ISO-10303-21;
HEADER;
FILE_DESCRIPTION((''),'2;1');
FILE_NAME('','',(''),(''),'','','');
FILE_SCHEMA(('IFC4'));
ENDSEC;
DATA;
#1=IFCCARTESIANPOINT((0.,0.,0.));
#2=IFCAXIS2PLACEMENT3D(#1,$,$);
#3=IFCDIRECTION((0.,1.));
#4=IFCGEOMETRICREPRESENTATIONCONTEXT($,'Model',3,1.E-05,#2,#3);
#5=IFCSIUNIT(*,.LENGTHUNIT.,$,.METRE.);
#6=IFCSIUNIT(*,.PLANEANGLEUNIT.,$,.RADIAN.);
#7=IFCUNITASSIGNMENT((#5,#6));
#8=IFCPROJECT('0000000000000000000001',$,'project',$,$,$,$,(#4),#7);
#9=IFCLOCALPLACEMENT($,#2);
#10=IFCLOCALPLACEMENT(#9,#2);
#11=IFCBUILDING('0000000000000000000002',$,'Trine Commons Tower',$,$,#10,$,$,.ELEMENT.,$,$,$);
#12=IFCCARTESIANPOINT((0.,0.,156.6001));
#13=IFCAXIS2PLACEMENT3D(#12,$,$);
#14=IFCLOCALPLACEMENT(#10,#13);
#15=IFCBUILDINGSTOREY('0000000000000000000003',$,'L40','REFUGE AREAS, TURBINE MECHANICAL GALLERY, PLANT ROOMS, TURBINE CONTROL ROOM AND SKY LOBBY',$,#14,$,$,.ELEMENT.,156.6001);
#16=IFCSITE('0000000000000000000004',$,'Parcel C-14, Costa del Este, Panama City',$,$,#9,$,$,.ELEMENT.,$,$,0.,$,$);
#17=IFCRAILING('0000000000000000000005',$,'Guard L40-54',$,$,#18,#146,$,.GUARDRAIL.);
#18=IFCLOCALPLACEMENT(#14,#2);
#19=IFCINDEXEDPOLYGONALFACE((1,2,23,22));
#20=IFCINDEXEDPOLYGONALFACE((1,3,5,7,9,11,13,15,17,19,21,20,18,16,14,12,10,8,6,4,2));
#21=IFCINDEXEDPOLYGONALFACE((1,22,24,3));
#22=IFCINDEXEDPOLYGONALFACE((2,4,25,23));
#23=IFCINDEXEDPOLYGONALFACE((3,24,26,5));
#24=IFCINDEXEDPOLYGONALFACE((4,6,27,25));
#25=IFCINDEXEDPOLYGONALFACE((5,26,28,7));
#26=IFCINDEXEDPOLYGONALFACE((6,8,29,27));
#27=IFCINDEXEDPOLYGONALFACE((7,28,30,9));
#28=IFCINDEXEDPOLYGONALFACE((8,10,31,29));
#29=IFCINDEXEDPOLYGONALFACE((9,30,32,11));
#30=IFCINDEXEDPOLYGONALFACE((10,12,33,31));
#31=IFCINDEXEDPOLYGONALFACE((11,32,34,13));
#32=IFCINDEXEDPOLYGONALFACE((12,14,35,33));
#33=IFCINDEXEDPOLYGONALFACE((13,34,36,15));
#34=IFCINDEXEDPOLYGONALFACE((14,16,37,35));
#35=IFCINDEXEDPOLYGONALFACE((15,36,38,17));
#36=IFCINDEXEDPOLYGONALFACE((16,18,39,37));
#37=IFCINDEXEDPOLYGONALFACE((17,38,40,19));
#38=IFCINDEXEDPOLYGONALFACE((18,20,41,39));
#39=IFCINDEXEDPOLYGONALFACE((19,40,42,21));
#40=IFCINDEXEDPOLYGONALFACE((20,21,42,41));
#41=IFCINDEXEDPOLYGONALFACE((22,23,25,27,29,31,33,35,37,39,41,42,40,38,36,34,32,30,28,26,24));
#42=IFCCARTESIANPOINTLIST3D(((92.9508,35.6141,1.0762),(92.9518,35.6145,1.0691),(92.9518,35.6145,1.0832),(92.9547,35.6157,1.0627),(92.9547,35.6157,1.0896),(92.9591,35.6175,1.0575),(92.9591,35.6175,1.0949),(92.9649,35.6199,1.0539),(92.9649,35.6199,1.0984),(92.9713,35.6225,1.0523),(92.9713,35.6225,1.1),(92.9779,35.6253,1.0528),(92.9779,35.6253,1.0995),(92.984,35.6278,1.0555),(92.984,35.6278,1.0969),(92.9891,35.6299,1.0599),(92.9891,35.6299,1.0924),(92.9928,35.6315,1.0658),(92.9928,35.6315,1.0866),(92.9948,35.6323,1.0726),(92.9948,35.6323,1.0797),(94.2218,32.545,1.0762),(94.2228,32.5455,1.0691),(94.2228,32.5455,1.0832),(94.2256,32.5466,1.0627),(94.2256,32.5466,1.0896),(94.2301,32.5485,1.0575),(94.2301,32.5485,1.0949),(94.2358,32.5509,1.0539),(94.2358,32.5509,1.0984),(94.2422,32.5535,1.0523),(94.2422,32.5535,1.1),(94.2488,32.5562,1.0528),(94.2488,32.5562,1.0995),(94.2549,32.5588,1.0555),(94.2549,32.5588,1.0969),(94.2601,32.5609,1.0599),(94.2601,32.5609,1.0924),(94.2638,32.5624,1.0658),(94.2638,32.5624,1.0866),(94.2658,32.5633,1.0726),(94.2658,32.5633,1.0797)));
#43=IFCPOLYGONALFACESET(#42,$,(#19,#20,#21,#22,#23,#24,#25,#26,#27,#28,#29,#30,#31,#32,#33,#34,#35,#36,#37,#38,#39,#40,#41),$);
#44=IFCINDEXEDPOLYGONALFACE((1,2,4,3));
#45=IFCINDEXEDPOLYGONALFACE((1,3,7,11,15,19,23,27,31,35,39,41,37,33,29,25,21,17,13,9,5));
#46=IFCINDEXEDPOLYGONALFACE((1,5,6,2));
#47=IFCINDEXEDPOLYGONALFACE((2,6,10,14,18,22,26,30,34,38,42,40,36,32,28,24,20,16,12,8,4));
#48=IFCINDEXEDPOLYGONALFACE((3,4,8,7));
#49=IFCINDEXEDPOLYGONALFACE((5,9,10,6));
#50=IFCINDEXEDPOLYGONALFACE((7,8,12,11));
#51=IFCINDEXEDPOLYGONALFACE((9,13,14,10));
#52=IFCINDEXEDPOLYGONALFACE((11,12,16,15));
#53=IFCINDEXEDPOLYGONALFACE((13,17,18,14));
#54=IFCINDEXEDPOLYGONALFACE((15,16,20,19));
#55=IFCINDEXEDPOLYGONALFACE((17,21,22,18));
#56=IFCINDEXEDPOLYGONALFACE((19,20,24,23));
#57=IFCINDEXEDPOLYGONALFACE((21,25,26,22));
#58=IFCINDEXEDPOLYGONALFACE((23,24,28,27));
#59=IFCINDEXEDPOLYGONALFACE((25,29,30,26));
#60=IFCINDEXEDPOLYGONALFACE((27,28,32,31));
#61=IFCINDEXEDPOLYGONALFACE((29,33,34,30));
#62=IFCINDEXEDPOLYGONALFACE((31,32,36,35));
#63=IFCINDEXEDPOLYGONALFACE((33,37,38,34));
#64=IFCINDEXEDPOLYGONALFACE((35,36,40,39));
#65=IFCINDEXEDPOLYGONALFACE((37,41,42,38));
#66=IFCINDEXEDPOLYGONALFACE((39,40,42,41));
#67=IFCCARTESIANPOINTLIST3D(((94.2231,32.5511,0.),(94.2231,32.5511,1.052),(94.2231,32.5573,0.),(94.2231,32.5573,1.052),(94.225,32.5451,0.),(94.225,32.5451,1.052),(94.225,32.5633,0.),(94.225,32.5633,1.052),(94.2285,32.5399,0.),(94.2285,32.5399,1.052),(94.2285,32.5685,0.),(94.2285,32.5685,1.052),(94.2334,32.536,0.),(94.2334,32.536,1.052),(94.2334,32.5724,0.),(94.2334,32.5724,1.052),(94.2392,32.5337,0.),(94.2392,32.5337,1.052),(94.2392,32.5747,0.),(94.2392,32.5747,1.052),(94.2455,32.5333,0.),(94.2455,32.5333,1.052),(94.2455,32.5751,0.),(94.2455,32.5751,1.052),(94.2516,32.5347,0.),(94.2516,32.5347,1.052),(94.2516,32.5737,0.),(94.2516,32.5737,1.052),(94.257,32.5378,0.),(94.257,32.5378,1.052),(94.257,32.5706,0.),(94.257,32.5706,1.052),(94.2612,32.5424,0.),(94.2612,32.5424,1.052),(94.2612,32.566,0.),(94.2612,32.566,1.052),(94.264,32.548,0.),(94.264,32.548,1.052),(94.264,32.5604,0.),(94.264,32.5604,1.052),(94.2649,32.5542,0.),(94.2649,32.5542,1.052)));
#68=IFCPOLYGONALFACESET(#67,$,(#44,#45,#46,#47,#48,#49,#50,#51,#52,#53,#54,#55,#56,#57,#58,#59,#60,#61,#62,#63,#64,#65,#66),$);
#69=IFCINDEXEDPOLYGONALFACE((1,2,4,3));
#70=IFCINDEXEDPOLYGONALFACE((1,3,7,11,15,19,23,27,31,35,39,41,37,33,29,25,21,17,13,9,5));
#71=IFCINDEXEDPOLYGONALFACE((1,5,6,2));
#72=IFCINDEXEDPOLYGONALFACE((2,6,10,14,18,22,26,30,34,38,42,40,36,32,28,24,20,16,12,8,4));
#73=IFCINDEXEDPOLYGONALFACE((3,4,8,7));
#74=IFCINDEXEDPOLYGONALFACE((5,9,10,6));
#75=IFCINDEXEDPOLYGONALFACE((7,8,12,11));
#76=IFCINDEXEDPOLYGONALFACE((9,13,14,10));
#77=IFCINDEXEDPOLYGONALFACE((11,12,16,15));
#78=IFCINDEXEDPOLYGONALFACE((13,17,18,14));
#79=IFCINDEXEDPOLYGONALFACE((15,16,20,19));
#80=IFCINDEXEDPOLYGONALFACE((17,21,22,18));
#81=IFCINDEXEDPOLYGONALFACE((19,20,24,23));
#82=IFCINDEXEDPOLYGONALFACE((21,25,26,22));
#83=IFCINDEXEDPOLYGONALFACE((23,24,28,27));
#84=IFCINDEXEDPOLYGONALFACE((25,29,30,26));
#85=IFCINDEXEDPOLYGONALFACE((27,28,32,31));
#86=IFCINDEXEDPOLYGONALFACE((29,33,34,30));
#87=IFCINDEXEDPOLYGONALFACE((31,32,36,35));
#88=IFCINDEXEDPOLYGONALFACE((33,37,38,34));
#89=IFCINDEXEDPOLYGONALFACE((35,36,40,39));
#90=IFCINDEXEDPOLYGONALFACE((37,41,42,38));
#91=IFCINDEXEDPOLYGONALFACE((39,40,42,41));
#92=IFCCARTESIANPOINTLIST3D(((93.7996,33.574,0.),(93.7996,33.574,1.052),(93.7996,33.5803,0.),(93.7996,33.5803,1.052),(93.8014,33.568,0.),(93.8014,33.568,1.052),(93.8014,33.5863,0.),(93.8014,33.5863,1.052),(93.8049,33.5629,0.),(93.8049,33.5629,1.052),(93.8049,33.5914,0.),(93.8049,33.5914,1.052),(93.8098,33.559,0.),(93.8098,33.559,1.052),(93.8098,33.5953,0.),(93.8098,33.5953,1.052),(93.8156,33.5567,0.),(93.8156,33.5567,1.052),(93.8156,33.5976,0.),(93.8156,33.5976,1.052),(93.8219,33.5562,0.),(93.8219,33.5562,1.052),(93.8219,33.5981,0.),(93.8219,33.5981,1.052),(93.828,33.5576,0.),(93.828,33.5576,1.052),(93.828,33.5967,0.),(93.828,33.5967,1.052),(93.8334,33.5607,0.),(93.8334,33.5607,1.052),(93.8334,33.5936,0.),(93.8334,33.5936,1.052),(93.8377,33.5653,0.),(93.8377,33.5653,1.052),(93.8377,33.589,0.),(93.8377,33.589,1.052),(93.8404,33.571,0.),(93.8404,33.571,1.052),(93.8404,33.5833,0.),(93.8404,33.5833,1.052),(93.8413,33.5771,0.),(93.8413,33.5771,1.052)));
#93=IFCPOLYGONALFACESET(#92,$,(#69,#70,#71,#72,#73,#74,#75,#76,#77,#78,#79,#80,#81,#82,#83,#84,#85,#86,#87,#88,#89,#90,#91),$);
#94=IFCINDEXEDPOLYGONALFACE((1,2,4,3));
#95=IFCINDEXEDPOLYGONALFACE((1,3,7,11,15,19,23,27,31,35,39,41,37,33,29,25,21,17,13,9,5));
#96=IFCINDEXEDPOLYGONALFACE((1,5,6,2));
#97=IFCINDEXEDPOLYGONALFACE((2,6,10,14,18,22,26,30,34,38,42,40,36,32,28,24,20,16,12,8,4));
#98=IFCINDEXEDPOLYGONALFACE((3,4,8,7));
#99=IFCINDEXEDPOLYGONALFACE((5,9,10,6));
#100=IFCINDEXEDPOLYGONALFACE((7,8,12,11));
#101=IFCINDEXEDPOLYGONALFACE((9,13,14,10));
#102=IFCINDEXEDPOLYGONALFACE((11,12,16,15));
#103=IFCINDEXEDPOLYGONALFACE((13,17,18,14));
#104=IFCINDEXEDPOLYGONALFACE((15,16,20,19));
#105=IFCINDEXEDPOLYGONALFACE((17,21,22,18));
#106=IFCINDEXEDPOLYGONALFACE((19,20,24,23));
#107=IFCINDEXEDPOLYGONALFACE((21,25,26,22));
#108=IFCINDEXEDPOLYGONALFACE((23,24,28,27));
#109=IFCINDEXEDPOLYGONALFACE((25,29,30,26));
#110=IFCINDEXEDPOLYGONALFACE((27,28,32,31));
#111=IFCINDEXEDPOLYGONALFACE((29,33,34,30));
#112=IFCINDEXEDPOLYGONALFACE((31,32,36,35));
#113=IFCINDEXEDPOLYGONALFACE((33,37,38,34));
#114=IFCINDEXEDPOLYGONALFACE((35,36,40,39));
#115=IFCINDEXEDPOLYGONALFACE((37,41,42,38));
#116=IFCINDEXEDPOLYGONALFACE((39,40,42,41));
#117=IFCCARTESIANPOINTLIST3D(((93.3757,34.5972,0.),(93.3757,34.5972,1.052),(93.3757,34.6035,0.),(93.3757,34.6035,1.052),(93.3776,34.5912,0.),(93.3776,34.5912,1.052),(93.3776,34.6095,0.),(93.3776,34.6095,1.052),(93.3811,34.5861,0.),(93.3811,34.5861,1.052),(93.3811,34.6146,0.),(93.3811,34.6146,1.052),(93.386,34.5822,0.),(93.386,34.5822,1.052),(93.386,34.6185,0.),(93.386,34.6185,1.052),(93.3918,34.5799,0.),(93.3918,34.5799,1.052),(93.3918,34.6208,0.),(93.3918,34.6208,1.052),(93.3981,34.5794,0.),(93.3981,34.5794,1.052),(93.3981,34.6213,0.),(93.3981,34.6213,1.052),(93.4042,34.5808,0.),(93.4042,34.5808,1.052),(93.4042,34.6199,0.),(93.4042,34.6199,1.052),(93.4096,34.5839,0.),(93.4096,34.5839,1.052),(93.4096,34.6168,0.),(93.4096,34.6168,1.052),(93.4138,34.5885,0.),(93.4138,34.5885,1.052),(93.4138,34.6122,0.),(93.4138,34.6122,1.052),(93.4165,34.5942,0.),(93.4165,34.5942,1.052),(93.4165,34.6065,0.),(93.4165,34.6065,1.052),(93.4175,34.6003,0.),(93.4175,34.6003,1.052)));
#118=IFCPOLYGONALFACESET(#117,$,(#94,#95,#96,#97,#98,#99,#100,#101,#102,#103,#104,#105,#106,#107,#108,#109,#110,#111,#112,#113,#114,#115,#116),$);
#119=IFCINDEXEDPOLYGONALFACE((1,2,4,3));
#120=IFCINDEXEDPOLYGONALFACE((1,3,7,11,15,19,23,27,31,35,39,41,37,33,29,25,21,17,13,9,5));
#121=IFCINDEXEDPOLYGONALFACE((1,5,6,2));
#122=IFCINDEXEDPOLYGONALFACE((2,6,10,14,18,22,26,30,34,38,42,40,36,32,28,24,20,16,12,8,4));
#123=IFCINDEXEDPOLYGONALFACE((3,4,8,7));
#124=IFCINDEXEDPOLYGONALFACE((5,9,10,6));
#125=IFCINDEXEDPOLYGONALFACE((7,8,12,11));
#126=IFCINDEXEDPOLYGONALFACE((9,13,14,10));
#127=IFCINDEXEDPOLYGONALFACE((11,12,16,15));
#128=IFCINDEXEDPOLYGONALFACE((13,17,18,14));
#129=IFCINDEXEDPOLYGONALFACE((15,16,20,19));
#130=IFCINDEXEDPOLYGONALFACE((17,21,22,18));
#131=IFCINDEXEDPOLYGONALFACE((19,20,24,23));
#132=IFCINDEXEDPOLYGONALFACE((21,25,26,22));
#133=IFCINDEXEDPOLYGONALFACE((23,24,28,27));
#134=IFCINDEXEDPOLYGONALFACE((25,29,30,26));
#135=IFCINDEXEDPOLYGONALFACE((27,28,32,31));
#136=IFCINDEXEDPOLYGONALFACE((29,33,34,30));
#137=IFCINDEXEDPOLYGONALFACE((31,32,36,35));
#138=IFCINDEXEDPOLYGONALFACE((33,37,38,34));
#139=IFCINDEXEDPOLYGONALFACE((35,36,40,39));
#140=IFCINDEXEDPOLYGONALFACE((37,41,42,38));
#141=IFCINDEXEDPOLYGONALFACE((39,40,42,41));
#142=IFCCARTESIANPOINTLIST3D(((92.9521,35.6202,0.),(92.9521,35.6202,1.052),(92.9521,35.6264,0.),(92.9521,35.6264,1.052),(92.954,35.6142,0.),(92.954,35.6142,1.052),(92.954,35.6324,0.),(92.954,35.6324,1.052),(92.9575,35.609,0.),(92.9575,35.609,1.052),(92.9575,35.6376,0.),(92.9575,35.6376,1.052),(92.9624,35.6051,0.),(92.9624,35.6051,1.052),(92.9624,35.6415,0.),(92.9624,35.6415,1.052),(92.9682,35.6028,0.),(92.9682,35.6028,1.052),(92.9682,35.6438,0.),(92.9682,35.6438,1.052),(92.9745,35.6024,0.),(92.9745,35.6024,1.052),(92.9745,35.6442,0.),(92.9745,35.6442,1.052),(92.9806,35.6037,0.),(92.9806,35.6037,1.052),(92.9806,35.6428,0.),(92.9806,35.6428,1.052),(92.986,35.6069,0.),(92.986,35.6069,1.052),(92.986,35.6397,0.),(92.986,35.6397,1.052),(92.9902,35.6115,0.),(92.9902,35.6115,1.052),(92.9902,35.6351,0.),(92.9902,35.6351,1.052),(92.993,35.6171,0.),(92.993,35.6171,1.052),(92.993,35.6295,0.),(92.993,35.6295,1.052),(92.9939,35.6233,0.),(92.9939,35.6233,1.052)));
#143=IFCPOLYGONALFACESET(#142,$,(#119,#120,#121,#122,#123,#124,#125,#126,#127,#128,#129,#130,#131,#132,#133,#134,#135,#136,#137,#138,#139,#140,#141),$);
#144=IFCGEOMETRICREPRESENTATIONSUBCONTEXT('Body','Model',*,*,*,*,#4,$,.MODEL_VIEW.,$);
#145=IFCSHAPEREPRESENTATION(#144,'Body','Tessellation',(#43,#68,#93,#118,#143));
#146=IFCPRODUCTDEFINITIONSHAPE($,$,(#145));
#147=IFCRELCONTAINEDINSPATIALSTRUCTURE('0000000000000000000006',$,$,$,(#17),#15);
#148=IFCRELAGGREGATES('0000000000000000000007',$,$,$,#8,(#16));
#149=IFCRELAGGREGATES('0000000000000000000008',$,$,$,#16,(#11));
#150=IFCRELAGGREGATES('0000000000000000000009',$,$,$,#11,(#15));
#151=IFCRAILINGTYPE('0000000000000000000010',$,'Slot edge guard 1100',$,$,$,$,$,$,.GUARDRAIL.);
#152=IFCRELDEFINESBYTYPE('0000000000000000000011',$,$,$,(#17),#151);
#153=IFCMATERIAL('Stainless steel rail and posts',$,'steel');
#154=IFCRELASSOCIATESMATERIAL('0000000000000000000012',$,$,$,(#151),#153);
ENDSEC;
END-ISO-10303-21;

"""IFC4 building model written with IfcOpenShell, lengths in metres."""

from ifc_helpers import new_model, si_unit, direction, frame, origin, origin_2d, place, context, subcontext, project, spatial, circle, extrude, material, type_object, element, save


model = new_model("IFC4")

# Units and contexts
model_context = context("Model", 3, precision=1e-05, world=origin(), true_north=direction((0.0, 1.0)))
body_context = subcontext(model_context, "Body", "Model", "MODEL_VIEW")
ifc_project = project(units=[si_unit("LENGTHUNIT", "METRE"), si_unit("PLANEANGLEUNIT", "RADIAN")], contexts=[model_context])

# Site, building, storey
site_placement = place(None, origin())
site = spatial("IfcSite", under=ifc_project, at=site_placement, Name="Parcel C-14, Costa del Este, Panama City", CompositionType="ELEMENT", RefElevation=0.0)
building_placement = place(site_placement, origin())
building = spatial("IfcBuilding", under=site, at=building_placement, Name="Trine Commons Tower", CompositionType="ELEMENT")
storey_placement = place(building_placement, frame((0.0, 0.0, 156.6001)))
storey = spatial("IfcBuildingStorey", under=building, at=storey_placement, Name="L40", Description="REFUGE AREAS, TURBINE MECHANICAL GALLERY, PLANT ROOMS, TURBINE CONTROL ROOM AND SKY LOBBY", CompositionType="ELEMENT", Elevation=156.6001)

# Railing
ifc_material_1 = material(Name="Stainless steel rail and posts", Category="steel")
railing_type = type_object("IfcRailingType", Name="Slot edge guard 1100", PredefinedType="GUARDRAIL", material=ifc_material_1)
railing_1_placement = place(storey_placement, frame((94.2439, 32.5542, 0.0)))
element("IfcRailing", 1, at=railing_1_placement, inside=storey, type_object=railing_type, Name="Guard L40-54", PredefinedType="GUARDRAIL", context=body_context, shape_type="SweptSolid", body=[
    extrude(circle(Radius=0.0239, at=origin_2d()), frame((0.0, 0.0, 1.0762), z_axis=(-0.382616, 0.923908, 0.0), x_axis=(-0.923908, -0.382616, 0.0)), (0.0, 0.0, 1.0), 3.3218),
    extrude(circle(Radius=0.021, at=origin_2d()), origin(), (0.0, 0.0, 1.0), 1.052),
    extrude(circle(Radius=0.021, at=origin_2d()), frame((-0.4236, 1.0229, 0.0)), (0.0, 0.0, 1.0), 1.052),
    extrude(circle(Radius=0.021, at=origin_2d()), frame((-0.8474, 2.0461, 0.0)), (0.0, 0.0, 1.0), 1.052),
    extrude(circle(Radius=0.021, at=origin_2d()), frame((-1.271, 3.0691, 0.0)), (0.0, 0.0, 1.0), 1.052),
])

save(model, "model.ifc")
